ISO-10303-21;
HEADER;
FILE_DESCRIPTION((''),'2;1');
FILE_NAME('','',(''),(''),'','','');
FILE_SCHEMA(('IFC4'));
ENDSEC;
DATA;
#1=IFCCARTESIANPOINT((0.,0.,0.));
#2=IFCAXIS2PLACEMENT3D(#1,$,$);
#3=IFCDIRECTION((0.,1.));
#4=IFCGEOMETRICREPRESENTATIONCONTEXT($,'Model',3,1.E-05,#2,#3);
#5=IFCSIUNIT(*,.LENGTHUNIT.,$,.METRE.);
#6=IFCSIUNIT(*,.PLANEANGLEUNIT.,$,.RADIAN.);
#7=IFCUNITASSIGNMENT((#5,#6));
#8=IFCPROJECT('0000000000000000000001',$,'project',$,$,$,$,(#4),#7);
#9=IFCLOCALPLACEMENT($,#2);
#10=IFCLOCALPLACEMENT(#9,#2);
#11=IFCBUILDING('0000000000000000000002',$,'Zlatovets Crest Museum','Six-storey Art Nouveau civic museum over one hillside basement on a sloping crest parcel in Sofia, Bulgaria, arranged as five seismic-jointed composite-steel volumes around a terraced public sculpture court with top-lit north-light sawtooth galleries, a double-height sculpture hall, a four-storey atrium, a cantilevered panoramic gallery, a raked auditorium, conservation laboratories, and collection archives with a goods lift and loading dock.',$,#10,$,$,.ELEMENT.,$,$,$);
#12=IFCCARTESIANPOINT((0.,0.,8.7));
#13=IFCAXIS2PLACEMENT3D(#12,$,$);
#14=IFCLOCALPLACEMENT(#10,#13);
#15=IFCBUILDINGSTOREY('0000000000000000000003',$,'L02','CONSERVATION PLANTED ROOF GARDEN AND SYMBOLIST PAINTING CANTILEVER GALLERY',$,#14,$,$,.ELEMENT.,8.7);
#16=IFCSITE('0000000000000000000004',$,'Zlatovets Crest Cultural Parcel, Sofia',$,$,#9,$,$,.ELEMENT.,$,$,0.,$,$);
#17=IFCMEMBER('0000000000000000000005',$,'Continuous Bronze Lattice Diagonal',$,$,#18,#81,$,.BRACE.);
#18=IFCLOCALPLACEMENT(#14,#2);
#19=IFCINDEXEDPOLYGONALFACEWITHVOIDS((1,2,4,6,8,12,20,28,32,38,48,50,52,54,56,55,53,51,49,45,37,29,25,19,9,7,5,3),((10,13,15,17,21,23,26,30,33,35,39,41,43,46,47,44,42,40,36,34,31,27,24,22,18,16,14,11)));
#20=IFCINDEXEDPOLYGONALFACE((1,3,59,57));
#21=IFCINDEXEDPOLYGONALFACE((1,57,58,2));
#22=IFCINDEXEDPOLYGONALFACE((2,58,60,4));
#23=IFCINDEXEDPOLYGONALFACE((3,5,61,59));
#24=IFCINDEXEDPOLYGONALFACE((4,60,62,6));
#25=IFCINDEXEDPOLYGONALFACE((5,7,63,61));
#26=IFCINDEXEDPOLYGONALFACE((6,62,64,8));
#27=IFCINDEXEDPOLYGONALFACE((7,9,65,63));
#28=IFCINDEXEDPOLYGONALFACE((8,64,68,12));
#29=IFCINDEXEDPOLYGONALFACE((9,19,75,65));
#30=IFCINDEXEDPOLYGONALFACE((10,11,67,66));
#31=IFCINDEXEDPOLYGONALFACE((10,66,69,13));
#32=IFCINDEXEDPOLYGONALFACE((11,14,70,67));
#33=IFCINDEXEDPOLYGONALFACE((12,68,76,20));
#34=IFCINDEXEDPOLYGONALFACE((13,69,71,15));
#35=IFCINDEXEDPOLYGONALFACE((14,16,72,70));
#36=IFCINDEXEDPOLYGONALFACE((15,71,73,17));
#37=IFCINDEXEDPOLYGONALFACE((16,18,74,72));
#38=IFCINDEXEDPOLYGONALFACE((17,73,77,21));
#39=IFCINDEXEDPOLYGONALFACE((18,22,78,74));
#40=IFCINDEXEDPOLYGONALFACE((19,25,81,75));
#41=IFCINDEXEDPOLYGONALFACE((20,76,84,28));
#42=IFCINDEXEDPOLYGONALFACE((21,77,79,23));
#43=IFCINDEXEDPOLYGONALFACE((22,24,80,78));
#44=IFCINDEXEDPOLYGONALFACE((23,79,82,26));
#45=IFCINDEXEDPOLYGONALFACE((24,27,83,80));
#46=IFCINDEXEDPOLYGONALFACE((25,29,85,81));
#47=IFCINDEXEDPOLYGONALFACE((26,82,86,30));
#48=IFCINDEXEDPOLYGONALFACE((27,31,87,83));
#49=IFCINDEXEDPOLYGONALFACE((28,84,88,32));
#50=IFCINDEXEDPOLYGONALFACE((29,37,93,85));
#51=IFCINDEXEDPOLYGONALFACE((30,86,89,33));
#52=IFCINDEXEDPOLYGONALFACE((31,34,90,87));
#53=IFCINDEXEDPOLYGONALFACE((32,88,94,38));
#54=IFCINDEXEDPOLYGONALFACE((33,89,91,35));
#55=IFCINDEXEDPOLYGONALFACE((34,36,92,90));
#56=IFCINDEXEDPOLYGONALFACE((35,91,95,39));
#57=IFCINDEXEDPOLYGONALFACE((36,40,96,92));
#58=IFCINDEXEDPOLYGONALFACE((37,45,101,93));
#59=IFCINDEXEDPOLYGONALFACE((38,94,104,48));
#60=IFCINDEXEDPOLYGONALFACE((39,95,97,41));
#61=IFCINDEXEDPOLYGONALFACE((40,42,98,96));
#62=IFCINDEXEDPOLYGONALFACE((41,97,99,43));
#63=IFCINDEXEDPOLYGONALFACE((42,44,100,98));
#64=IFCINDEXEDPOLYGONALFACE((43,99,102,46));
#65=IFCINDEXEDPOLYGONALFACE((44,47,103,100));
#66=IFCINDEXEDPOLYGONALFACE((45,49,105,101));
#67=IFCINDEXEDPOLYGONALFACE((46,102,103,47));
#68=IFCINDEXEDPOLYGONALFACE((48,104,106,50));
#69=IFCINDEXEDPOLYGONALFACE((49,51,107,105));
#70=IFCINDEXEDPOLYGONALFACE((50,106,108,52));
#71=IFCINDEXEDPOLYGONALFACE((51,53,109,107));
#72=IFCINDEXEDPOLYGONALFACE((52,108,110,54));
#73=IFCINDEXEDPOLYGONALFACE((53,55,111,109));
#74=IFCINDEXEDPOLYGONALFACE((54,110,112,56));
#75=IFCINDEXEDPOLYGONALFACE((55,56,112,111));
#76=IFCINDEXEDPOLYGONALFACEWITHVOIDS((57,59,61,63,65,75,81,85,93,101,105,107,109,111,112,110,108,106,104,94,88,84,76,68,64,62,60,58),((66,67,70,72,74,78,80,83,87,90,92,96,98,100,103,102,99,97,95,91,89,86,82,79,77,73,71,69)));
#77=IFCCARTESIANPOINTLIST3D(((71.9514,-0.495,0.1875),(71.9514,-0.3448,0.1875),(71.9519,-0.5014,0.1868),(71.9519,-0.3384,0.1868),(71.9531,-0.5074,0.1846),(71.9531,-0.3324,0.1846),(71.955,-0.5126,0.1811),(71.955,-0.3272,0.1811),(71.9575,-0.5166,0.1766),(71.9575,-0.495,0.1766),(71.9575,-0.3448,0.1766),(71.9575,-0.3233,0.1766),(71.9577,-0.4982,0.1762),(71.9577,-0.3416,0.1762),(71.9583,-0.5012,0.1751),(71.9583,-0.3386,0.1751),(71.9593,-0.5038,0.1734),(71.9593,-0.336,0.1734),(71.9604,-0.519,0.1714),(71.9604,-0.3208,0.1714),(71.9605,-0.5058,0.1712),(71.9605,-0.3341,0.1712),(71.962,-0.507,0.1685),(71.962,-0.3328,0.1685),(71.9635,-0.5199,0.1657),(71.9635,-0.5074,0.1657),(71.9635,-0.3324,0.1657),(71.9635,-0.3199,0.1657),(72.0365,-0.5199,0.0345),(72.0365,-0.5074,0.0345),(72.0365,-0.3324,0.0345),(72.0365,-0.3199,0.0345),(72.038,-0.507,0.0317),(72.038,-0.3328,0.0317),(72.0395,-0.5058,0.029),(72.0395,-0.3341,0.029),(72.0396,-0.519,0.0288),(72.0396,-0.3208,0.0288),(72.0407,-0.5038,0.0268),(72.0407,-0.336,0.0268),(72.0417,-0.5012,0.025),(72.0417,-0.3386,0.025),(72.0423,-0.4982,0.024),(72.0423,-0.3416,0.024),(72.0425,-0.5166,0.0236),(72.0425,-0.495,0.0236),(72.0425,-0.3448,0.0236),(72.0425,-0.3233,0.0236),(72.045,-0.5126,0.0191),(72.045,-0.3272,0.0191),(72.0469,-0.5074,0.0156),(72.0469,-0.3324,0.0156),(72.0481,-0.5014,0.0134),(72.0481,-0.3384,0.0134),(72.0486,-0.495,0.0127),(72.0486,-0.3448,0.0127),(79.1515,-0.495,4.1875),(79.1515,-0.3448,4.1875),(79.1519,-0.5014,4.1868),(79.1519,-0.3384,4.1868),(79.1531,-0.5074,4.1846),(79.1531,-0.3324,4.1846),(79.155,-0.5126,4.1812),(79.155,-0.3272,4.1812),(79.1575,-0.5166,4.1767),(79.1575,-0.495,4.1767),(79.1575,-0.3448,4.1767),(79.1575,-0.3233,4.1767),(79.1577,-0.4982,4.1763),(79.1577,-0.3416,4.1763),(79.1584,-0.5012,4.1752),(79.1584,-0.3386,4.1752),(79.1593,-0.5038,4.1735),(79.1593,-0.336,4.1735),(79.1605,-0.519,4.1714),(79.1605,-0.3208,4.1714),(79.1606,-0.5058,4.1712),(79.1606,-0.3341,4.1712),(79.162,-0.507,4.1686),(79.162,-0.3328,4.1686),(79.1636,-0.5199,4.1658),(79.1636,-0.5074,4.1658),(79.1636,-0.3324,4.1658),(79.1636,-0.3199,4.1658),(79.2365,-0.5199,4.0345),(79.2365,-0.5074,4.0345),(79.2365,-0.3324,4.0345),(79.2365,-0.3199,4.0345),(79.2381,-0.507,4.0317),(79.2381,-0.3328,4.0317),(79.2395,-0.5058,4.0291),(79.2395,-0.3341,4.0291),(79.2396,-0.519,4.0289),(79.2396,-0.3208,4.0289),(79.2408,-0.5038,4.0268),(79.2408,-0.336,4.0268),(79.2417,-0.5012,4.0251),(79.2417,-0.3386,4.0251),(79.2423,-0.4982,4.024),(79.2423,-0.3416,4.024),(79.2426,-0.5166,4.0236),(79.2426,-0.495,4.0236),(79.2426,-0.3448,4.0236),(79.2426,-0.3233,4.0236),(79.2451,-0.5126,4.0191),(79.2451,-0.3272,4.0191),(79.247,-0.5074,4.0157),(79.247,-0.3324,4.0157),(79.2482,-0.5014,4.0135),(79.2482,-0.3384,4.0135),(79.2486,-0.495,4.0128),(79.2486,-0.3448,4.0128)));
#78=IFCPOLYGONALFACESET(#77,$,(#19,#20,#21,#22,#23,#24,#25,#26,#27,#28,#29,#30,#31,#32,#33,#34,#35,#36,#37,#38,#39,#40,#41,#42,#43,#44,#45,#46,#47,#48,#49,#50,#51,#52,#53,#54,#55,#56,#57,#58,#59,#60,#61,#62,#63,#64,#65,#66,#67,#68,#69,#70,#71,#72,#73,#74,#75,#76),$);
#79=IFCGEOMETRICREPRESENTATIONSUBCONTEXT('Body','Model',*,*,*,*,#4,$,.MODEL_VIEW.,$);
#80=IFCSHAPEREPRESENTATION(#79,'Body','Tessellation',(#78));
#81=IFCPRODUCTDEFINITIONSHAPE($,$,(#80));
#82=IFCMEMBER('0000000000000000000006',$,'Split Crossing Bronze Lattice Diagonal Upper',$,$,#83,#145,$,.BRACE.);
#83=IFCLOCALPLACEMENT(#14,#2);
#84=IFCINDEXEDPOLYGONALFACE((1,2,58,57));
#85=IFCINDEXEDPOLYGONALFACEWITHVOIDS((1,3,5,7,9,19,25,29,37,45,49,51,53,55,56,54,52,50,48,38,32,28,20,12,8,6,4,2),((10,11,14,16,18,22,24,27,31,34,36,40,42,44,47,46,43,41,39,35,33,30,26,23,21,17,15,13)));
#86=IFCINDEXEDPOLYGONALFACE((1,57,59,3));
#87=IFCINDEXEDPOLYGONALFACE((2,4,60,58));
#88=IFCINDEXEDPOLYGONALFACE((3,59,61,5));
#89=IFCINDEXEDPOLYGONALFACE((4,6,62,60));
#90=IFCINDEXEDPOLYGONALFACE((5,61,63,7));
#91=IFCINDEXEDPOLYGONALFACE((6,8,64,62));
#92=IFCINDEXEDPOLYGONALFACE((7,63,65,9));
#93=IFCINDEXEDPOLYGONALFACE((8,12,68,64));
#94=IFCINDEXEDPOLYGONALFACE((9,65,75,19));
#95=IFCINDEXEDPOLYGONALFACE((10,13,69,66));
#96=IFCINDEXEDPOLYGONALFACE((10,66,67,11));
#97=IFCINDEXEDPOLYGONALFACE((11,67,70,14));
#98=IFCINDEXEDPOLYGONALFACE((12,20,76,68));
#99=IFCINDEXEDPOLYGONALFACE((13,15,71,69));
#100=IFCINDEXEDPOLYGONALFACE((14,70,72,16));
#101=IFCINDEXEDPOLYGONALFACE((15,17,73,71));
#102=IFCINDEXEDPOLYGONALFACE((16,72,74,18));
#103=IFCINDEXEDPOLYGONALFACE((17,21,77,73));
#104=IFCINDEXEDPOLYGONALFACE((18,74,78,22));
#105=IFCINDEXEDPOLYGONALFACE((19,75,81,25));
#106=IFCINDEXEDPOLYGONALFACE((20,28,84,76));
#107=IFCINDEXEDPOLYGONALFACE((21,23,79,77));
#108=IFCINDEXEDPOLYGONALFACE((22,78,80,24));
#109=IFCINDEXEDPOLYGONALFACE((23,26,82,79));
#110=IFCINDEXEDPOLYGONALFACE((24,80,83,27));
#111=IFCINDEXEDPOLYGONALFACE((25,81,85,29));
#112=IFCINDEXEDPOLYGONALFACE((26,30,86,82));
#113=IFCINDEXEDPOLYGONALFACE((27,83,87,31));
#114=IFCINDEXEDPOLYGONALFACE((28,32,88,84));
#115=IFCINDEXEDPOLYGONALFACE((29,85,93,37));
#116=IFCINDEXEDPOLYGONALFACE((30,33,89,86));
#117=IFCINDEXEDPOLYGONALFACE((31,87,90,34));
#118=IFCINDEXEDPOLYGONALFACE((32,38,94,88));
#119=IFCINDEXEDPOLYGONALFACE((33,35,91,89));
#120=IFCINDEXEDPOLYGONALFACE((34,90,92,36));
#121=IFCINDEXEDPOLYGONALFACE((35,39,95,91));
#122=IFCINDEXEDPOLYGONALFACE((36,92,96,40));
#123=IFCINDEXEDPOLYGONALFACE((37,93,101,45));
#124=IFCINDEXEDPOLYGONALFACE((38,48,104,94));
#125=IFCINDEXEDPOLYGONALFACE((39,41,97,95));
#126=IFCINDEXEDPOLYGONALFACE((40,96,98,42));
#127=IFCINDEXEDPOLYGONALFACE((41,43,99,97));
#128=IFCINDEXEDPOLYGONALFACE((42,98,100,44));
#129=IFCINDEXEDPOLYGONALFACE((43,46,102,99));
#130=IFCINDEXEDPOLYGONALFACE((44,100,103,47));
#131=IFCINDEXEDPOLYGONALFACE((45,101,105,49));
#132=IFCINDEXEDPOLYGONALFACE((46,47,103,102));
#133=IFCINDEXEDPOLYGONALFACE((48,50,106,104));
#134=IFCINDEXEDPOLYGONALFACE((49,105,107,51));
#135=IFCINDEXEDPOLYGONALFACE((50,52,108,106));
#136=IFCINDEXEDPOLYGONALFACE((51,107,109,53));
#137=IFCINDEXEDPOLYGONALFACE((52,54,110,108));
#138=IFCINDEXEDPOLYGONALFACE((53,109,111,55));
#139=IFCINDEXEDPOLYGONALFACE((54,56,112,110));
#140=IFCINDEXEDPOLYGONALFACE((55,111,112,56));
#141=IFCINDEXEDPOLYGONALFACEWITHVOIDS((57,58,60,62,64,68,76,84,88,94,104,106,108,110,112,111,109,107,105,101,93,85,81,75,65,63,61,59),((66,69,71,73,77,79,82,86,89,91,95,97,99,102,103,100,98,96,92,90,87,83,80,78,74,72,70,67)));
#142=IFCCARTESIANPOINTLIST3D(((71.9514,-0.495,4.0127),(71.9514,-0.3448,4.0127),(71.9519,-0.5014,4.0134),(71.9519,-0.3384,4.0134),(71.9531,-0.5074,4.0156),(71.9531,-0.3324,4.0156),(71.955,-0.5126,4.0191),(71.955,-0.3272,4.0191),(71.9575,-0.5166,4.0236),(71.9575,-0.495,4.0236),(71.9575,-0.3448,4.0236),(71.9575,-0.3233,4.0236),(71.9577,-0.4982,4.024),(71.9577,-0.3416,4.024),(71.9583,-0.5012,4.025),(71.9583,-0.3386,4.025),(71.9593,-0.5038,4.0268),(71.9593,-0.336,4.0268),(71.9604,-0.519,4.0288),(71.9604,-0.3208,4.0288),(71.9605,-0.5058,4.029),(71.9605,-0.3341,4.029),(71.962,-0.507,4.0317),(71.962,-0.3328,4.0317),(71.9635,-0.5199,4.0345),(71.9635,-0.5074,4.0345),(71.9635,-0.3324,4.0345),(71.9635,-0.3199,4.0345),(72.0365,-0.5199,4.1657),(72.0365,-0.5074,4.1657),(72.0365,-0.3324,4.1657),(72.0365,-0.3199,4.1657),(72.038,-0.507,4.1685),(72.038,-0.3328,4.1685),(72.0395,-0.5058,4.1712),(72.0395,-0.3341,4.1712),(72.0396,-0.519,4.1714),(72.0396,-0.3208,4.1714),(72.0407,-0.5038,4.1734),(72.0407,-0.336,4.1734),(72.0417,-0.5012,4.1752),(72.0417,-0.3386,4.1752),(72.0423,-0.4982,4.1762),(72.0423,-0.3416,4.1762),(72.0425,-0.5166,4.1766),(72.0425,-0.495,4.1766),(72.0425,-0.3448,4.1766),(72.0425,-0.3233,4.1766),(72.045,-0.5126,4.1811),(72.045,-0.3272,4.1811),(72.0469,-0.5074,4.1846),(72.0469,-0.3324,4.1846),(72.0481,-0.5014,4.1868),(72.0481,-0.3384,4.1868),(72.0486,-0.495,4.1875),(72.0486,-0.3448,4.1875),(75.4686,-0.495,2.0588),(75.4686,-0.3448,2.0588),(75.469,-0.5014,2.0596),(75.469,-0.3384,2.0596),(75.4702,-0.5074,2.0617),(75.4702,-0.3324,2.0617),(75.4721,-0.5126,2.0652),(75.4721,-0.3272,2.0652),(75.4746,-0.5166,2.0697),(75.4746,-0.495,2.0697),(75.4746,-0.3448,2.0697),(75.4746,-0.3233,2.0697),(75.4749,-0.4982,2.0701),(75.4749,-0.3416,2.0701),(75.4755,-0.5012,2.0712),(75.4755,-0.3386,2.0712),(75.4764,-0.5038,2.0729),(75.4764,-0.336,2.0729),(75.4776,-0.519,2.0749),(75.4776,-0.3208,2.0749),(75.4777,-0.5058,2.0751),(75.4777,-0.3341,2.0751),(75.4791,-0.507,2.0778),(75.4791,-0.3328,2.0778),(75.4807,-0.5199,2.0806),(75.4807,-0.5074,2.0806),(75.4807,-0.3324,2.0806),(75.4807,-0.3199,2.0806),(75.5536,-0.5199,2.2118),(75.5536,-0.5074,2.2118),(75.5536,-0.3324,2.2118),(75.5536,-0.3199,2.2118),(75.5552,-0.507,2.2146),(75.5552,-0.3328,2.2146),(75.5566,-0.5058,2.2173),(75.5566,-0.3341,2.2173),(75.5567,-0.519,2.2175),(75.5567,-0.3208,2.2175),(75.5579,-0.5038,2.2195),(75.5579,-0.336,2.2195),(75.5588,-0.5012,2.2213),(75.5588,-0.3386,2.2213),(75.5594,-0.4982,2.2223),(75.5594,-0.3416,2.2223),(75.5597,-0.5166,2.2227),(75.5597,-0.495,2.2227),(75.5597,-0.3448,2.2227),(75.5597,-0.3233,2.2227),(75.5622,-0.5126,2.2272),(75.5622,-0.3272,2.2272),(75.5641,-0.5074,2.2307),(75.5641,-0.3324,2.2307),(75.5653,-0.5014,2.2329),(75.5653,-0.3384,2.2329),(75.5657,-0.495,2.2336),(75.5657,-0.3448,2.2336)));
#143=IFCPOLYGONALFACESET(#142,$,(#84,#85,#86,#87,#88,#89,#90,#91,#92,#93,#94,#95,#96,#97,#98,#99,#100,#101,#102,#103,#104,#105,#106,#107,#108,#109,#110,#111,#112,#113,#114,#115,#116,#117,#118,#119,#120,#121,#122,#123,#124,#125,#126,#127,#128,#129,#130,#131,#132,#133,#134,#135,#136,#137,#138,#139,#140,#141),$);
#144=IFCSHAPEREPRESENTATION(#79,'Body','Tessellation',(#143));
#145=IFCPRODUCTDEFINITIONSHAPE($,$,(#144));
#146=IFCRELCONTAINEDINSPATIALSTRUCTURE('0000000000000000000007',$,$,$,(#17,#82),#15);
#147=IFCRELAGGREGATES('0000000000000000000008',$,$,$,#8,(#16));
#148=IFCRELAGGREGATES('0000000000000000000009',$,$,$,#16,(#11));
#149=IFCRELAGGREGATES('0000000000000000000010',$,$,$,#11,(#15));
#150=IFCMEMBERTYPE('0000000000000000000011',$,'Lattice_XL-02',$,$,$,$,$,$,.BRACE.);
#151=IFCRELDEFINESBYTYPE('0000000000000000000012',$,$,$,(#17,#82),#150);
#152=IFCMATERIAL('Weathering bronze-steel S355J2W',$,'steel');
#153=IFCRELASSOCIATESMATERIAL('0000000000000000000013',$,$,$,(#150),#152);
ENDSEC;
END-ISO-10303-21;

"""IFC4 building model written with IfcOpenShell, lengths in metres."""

from ifc_helpers import new_model, si_unit, direction, frame, origin, origin_2d, place, context, subcontext, project, spatial, hollow_rectangle, extrude, material, material_profile, profile_set, type_object, element, save


model = new_model("IFC4")

# Units and contexts
model_context = context("Model", 3, precision=1e-05, world=origin(), true_north=direction((0.0, 1.0)))
body_context = subcontext(model_context, "Body", "Model", "MODEL_VIEW")
ifc_project = project(units=[si_unit("LENGTHUNIT", "METRE"), si_unit("PLANEANGLEUNIT", "RADIAN")], contexts=[model_context])

# Site, building, storey
site_placement = place(None, origin())
site = spatial("IfcSite", under=ifc_project, at=site_placement, Name="Zlatovets Crest Cultural Parcel, Sofia", CompositionType="ELEMENT", RefElevation=0.0)
building_placement = place(site_placement, origin())
building = spatial("IfcBuilding", under=site, at=building_placement, Name="Zlatovets Crest Museum", Description="Six-storey Art Nouveau civic museum over one hillside basement on a sloping crest parcel in Sofia, Bulgaria, arranged as five seismic-jointed composite-steel volumes around a terraced public sculpture court with top-lit north-light sawtooth galleries, a double-height sculpture hall, a four-storey atrium, a cantilevered panoramic gallery, a raked auditorium, conservation laboratories, and collection archives with a goods lift and loading dock.", CompositionType="ELEMENT")
storey_placement = place(building_placement, frame((0.0, 0.0, 8.7)))
storey = spatial("IfcBuildingStorey", under=building, at=storey_placement, Name="L02", Description="CONSERVATION PLANTED ROOF GARDEN AND SYMBOLIST PAINTING CANTILEVER GALLERY", CompositionType="ELEMENT", Elevation=8.7)

# Members
ifc_material_1 = material(Name="Weathering bronze-steel S355J2W", Category="steel")
ifc_material_profile_1 = material_profile(ifc_material_1, hollow_rectangle(XDim=0.2, YDim=0.2, WallThickness=0.0125, InnerFilletRadius=0.0125, OuterFilletRadius=0.0249, at=origin_2d()), Name="SHS 200x200x12.5")
ifc_profile_set_1 = profile_set([ifc_material_profile_1], Name="Weathering bronze-steel S355J2W")
member_type_1 = type_object("IfcMemberType", Name="Lattice_XL-02", PredefinedType="BRACE", material=ifc_profile_set_1)
member_1_placement = place(storey_placement, frame((72.0, -0.4199, 0.1001), z_axis=(0.874156, 0.0, 0.485645), x_axis=(0.0, 1.0, 0.0)))
element("IfcMember", 1, at=member_1_placement, inside=storey, type_object=member_type_1, Name="Continuous Bronze Lattice Diagonal", PredefinedType="BRACE", context=body_context, shape_type="SweptSolid", body=[
    extrude(hollow_rectangle(XDim=0.2, YDim=0.2, WallThickness=0.0125, InnerFilletRadius=0.0125, OuterFilletRadius=0.0249, at=origin_2d()), origin(), (0.0, 0.0, 1.0), 8.2366),
])
member_2_placement = place(storey_placement, frame((72.0, -0.4199, 4.1001), z_axis=(0.874166, 0.0, -0.485627), x_axis=(0.0, 1.0, 0.0)))
element("IfcMember", 2, at=member_2_placement, inside=storey, type_object=member_type_1, Name="Split Crossing Bronze Lattice Diagonal Upper", PredefinedType="BRACE", context=body_context, shape_type="SweptSolid", body=[
    extrude(hollow_rectangle(XDim=0.2, YDim=0.2, WallThickness=0.0125, InnerFilletRadius=0.0125, OuterFilletRadius=0.0249, at=origin_2d()), origin(), (0.0, 0.0, 1.0), 4.0234),
])

save(model, "model.ifc")
